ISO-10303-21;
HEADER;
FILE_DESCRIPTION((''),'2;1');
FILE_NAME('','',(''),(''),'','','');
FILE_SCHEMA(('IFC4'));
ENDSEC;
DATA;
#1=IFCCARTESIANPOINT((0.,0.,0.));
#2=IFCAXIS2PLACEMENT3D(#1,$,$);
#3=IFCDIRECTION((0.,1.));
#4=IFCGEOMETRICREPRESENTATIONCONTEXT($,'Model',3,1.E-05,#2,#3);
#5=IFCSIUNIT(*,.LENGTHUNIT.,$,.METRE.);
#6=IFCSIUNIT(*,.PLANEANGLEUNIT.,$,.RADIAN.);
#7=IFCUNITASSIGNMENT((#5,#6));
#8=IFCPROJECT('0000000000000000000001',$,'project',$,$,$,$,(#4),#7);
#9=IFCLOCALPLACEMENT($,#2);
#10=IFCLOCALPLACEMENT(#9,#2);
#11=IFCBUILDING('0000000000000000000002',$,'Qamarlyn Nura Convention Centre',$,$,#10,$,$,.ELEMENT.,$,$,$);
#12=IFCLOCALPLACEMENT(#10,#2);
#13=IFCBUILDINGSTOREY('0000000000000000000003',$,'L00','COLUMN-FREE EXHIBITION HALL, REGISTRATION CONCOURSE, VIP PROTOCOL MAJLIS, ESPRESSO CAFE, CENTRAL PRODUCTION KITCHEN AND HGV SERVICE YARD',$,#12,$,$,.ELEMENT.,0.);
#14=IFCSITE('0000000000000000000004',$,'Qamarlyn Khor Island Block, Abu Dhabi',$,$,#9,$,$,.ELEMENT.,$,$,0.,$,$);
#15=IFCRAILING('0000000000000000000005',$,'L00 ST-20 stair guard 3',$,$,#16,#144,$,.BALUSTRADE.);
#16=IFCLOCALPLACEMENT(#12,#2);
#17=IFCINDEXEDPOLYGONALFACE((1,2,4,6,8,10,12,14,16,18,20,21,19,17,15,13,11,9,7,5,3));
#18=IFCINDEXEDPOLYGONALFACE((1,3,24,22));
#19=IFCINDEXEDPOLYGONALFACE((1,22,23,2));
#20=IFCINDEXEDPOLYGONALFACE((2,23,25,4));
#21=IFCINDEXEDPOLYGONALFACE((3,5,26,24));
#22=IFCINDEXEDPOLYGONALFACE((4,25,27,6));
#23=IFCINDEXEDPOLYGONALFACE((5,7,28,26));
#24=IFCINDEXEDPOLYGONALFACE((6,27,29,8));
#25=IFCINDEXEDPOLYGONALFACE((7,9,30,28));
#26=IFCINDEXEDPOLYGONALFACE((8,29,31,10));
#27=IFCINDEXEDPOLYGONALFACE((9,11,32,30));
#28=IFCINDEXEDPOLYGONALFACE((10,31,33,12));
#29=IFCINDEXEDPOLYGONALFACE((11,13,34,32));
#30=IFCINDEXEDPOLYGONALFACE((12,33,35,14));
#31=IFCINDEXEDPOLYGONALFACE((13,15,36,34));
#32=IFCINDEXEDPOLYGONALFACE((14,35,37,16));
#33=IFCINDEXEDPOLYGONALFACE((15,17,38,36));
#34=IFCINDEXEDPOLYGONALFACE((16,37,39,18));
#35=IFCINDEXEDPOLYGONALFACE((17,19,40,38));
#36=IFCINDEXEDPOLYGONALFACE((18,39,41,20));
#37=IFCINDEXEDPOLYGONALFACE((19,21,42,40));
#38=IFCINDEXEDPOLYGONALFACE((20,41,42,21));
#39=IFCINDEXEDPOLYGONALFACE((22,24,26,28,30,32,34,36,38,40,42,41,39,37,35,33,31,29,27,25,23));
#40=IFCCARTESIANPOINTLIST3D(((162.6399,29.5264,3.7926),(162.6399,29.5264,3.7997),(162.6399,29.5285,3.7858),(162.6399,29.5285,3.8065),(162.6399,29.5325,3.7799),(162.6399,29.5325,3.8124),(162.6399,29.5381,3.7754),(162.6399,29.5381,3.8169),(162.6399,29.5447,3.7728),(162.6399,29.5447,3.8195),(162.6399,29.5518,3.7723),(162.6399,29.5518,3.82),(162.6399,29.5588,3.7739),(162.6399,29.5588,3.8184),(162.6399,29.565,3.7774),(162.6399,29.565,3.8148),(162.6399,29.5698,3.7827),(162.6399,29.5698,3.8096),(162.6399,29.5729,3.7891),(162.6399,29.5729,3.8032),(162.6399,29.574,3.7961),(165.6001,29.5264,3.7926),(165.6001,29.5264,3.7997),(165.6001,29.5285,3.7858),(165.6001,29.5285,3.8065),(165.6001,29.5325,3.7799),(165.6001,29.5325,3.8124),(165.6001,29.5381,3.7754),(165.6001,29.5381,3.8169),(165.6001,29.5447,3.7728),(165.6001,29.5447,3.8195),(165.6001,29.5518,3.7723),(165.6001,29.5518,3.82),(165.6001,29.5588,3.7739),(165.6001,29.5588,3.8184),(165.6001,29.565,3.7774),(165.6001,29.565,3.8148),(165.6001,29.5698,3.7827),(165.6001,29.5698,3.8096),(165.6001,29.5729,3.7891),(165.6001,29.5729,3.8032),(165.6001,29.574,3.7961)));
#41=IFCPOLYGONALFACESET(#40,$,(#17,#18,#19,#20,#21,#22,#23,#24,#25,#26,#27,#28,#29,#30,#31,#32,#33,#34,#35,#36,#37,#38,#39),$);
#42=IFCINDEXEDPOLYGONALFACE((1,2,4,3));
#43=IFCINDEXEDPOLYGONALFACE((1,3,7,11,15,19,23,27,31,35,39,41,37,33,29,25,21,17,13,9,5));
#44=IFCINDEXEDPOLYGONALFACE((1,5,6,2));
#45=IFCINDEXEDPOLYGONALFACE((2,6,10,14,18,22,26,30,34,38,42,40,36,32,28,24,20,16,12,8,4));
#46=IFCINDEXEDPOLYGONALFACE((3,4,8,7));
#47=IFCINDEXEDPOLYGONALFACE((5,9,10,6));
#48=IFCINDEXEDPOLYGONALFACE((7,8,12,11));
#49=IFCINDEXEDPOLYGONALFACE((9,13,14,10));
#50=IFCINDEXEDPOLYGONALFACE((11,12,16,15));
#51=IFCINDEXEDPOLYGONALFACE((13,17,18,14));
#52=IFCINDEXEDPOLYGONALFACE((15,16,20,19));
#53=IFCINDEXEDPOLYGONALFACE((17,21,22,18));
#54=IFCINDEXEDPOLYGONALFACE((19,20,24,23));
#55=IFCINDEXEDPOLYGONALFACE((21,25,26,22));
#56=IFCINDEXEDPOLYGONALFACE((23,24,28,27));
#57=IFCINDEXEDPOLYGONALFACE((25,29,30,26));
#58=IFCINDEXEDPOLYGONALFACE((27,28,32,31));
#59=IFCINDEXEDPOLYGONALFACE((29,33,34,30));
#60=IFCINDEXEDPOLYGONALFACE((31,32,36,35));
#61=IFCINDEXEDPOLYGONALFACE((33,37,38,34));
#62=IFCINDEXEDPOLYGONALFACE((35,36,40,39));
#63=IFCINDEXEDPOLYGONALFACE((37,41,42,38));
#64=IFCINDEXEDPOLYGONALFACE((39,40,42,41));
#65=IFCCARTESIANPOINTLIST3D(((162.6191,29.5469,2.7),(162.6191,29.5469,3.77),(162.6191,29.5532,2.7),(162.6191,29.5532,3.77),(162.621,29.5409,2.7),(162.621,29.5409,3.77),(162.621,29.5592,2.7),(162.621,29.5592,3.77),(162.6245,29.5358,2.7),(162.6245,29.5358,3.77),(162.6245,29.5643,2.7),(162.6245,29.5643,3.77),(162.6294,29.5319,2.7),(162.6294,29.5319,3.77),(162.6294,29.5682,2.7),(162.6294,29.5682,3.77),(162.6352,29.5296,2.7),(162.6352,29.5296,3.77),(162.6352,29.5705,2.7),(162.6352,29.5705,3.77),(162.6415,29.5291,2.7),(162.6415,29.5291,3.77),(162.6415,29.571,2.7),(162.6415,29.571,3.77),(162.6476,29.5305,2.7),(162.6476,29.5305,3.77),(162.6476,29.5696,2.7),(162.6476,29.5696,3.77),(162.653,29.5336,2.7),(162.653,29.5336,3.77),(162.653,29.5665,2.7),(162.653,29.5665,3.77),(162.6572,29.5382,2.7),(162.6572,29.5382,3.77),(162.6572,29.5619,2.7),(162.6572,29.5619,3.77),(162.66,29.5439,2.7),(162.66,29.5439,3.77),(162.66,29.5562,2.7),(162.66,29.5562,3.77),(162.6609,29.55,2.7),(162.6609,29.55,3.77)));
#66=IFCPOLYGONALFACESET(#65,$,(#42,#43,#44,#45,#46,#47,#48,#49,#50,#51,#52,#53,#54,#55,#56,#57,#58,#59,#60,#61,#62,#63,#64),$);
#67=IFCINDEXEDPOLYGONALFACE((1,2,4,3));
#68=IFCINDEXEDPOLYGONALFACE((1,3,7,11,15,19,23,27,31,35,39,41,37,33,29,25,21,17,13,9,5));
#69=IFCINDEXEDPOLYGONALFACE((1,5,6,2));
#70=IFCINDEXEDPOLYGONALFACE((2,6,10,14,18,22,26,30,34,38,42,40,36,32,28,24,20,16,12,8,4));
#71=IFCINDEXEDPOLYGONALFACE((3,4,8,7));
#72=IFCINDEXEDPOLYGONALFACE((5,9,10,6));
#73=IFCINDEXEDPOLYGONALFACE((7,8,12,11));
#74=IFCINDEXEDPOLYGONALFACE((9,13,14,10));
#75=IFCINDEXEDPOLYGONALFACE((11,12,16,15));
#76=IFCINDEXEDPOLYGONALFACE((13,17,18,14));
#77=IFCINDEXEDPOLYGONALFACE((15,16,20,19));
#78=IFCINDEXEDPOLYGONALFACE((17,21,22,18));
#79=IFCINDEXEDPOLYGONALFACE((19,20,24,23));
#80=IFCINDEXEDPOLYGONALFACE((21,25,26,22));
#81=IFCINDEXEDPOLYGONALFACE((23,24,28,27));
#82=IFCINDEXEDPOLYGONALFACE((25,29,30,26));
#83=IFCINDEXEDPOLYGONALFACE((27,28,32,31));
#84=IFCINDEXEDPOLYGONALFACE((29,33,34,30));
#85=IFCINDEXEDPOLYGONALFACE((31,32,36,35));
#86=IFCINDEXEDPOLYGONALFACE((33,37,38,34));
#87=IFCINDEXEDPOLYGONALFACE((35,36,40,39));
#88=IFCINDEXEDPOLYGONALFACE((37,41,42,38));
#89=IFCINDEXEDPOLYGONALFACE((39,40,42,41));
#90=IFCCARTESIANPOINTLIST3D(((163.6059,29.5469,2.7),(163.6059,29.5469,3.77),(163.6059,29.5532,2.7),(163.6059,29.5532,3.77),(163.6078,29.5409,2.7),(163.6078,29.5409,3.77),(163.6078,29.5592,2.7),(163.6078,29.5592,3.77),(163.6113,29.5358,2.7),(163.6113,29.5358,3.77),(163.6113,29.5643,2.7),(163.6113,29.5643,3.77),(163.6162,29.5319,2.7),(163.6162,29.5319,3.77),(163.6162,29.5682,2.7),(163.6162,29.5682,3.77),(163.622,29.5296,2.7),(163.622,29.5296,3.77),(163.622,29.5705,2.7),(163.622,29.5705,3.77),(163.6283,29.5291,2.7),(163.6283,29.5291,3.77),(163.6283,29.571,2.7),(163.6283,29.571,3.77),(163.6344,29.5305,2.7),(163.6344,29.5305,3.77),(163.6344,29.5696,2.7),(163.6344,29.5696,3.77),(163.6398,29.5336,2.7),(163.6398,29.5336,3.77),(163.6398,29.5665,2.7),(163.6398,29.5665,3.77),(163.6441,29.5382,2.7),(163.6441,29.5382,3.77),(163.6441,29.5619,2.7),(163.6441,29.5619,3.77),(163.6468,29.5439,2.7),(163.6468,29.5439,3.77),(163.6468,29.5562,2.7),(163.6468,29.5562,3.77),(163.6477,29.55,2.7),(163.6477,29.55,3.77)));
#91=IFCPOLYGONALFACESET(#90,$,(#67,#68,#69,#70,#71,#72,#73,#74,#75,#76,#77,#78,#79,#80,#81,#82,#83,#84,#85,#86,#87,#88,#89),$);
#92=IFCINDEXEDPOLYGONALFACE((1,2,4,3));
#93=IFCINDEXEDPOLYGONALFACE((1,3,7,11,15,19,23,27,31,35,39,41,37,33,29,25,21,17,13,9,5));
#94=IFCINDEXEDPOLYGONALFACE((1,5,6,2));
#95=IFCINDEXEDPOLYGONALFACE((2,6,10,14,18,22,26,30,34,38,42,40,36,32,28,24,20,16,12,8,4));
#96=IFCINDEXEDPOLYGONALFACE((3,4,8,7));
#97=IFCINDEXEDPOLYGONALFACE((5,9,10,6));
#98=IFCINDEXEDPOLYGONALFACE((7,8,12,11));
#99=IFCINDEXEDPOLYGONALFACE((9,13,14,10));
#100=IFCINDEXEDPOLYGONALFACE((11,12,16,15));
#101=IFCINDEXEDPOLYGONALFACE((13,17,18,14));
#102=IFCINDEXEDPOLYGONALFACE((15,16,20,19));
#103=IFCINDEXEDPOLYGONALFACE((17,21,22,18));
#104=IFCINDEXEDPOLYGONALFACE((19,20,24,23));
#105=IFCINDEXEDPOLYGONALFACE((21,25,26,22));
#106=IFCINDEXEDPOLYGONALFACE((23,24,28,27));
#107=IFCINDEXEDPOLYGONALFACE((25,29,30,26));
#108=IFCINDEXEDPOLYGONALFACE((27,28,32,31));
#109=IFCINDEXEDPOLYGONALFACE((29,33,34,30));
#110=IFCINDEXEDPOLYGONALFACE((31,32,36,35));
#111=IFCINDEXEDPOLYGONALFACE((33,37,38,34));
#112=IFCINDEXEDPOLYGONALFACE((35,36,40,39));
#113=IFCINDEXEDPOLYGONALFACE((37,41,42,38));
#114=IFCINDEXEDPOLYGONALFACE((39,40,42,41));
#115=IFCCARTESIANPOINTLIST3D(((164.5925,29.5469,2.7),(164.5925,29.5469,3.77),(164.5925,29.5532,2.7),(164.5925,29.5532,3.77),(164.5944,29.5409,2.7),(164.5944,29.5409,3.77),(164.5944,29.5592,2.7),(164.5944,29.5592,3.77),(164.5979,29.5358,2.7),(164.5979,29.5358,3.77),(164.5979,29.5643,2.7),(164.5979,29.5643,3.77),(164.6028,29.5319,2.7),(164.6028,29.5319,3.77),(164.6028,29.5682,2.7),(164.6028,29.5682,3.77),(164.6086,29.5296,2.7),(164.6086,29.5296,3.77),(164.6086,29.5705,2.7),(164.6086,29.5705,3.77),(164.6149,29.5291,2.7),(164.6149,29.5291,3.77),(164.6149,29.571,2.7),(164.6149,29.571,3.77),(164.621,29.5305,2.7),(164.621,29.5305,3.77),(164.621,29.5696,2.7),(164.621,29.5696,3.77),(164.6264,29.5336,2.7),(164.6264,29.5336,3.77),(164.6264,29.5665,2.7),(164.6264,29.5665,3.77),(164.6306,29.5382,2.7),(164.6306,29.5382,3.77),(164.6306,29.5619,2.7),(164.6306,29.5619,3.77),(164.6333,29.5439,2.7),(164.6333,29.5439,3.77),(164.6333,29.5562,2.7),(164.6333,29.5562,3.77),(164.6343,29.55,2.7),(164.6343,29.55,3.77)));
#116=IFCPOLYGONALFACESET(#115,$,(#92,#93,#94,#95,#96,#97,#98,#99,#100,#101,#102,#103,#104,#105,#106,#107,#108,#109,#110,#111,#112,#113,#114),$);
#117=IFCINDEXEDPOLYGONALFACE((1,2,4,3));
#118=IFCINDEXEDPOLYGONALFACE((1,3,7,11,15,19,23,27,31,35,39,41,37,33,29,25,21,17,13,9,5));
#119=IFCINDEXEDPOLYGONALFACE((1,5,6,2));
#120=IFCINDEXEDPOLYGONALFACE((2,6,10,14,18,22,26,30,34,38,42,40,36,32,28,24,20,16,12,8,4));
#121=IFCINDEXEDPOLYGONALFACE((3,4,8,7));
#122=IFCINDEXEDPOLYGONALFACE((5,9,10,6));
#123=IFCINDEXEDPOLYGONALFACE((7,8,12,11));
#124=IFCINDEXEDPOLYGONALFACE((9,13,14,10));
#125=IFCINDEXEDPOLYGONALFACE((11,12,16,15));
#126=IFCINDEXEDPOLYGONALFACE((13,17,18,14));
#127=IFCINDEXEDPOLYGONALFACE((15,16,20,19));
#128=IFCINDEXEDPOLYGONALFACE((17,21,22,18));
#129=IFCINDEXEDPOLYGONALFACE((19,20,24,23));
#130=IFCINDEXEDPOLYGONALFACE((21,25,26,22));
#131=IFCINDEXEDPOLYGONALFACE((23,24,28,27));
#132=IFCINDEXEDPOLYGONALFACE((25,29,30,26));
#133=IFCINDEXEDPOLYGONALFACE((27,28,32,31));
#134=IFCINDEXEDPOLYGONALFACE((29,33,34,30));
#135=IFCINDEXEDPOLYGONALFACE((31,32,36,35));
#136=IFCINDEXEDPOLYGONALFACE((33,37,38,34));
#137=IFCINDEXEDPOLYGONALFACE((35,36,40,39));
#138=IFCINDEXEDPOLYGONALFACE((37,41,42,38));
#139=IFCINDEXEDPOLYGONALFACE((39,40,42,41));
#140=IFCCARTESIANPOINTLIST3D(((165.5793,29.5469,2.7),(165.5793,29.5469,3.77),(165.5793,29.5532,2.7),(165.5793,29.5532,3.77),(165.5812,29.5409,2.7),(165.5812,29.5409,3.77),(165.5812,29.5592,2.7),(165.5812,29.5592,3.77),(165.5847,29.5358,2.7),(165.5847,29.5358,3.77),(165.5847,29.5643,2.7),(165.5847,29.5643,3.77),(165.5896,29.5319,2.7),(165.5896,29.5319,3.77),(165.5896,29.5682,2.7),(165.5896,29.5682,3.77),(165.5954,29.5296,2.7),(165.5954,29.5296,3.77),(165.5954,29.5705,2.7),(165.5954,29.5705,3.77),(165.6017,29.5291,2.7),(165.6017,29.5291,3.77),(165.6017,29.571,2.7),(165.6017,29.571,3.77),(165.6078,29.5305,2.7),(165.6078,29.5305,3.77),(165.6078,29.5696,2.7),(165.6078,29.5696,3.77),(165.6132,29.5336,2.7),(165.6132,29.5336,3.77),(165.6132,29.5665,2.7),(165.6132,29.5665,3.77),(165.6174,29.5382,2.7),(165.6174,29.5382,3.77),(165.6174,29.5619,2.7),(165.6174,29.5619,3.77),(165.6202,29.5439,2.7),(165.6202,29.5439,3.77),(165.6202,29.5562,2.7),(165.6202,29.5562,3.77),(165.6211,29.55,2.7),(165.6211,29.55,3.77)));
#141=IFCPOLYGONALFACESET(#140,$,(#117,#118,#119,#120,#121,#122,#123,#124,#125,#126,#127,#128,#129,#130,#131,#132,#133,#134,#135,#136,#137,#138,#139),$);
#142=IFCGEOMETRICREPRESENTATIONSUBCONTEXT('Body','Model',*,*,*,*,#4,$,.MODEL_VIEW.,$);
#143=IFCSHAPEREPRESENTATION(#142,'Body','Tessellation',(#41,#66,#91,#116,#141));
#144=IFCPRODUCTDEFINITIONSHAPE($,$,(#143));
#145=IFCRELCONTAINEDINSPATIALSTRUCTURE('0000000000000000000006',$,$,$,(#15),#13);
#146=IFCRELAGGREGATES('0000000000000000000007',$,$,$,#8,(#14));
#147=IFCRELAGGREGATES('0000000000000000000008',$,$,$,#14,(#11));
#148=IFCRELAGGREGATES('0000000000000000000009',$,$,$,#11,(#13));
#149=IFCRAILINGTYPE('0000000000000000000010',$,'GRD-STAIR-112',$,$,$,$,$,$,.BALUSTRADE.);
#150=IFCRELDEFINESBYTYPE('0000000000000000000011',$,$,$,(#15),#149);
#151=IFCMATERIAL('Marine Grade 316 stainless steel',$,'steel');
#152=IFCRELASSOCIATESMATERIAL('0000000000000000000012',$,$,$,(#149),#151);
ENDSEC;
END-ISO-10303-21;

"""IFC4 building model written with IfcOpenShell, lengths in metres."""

from ifc_helpers import new_model, si_unit, direction, frame, origin, origin_2d, place, context, subcontext, project, spatial, circle, extrude, material, type_object, element, save


model = new_model("IFC4")

# Units and contexts
model_context = context("Model", 3, precision=1e-05, world=origin(), true_north=direction((0.0, 1.0)))
body_context = subcontext(model_context, "Body", "Model", "MODEL_VIEW")
ifc_project = project(units=[si_unit("LENGTHUNIT", "METRE"), si_unit("PLANEANGLEUNIT", "RADIAN")], contexts=[model_context])

# Site, building, storey
site_placement = place(None, origin())
site = spatial("IfcSite", under=ifc_project, at=site_placement, Name="Qamarlyn Khor Island Block, Abu Dhabi", CompositionType="ELEMENT", RefElevation=0.0)
building_placement = place(site_placement, origin())
building = spatial("IfcBuilding", under=site, at=building_placement, Name="Qamarlyn Nura Convention Centre", CompositionType="ELEMENT")
storey_placement = place(building_placement, origin())
storey = spatial("IfcBuildingStorey", under=building, at=storey_placement, Name="L00", Description="COLUMN-FREE EXHIBITION HALL, REGISTRATION CONCOURSE, VIP PROTOCOL MAJLIS, ESPRESSO CAFE, CENTRAL PRODUCTION KITCHEN AND HGV SERVICE YARD", CompositionType="ELEMENT", Elevation=0.0)

# Railing
ifc_material_1 = material(Name="Marine Grade 316 stainless steel", Category="steel")
railing_type_1 = type_object("IfcRailingType", Name="GRD-STAIR-112", PredefinedType="BALUSTRADE", material=ifc_material_1)
for number, where, name in (
    (1, (162.6399, 29.55, 2.7), "L00 ST-20 stair guard 3"),
):
    element("IfcRailing", number, at=place(storey_placement, frame(where)), inside=storey, type_object=railing_type_1, Name=name, PredefinedType="BALUSTRADE", context=body_context, shape_type="SweptSolid", body=[
        extrude(circle(Radius=0.0239, at=origin_2d()), frame((0.0, 0.0, 1.0962), z_axis=(1.0, 0.0, 0.0), x_axis=(0.0, 1.0, 0.0)), (0.0, 0.0, 1.0), 2.9602),
        extrude(circle(Radius=0.021, at=origin_2d()), origin(), (0.0, 0.0, 1.0), 1.0701),
        extrude(circle(Radius=0.021, at=origin_2d()), frame((0.9868, 0.0, 0.0)), (0.0, 0.0, 1.0), 1.0701),
        extrude(circle(Radius=0.021, at=origin_2d()), frame((1.9734, 0.0, 0.0)), (0.0, 0.0, 1.0), 1.0701),
        extrude(circle(Radius=0.021, at=origin_2d()), frame((2.9602, 0.0, 0.0)), (0.0, 0.0, 1.0), 1.0701),
    ])

save(model, "model.ifc")
